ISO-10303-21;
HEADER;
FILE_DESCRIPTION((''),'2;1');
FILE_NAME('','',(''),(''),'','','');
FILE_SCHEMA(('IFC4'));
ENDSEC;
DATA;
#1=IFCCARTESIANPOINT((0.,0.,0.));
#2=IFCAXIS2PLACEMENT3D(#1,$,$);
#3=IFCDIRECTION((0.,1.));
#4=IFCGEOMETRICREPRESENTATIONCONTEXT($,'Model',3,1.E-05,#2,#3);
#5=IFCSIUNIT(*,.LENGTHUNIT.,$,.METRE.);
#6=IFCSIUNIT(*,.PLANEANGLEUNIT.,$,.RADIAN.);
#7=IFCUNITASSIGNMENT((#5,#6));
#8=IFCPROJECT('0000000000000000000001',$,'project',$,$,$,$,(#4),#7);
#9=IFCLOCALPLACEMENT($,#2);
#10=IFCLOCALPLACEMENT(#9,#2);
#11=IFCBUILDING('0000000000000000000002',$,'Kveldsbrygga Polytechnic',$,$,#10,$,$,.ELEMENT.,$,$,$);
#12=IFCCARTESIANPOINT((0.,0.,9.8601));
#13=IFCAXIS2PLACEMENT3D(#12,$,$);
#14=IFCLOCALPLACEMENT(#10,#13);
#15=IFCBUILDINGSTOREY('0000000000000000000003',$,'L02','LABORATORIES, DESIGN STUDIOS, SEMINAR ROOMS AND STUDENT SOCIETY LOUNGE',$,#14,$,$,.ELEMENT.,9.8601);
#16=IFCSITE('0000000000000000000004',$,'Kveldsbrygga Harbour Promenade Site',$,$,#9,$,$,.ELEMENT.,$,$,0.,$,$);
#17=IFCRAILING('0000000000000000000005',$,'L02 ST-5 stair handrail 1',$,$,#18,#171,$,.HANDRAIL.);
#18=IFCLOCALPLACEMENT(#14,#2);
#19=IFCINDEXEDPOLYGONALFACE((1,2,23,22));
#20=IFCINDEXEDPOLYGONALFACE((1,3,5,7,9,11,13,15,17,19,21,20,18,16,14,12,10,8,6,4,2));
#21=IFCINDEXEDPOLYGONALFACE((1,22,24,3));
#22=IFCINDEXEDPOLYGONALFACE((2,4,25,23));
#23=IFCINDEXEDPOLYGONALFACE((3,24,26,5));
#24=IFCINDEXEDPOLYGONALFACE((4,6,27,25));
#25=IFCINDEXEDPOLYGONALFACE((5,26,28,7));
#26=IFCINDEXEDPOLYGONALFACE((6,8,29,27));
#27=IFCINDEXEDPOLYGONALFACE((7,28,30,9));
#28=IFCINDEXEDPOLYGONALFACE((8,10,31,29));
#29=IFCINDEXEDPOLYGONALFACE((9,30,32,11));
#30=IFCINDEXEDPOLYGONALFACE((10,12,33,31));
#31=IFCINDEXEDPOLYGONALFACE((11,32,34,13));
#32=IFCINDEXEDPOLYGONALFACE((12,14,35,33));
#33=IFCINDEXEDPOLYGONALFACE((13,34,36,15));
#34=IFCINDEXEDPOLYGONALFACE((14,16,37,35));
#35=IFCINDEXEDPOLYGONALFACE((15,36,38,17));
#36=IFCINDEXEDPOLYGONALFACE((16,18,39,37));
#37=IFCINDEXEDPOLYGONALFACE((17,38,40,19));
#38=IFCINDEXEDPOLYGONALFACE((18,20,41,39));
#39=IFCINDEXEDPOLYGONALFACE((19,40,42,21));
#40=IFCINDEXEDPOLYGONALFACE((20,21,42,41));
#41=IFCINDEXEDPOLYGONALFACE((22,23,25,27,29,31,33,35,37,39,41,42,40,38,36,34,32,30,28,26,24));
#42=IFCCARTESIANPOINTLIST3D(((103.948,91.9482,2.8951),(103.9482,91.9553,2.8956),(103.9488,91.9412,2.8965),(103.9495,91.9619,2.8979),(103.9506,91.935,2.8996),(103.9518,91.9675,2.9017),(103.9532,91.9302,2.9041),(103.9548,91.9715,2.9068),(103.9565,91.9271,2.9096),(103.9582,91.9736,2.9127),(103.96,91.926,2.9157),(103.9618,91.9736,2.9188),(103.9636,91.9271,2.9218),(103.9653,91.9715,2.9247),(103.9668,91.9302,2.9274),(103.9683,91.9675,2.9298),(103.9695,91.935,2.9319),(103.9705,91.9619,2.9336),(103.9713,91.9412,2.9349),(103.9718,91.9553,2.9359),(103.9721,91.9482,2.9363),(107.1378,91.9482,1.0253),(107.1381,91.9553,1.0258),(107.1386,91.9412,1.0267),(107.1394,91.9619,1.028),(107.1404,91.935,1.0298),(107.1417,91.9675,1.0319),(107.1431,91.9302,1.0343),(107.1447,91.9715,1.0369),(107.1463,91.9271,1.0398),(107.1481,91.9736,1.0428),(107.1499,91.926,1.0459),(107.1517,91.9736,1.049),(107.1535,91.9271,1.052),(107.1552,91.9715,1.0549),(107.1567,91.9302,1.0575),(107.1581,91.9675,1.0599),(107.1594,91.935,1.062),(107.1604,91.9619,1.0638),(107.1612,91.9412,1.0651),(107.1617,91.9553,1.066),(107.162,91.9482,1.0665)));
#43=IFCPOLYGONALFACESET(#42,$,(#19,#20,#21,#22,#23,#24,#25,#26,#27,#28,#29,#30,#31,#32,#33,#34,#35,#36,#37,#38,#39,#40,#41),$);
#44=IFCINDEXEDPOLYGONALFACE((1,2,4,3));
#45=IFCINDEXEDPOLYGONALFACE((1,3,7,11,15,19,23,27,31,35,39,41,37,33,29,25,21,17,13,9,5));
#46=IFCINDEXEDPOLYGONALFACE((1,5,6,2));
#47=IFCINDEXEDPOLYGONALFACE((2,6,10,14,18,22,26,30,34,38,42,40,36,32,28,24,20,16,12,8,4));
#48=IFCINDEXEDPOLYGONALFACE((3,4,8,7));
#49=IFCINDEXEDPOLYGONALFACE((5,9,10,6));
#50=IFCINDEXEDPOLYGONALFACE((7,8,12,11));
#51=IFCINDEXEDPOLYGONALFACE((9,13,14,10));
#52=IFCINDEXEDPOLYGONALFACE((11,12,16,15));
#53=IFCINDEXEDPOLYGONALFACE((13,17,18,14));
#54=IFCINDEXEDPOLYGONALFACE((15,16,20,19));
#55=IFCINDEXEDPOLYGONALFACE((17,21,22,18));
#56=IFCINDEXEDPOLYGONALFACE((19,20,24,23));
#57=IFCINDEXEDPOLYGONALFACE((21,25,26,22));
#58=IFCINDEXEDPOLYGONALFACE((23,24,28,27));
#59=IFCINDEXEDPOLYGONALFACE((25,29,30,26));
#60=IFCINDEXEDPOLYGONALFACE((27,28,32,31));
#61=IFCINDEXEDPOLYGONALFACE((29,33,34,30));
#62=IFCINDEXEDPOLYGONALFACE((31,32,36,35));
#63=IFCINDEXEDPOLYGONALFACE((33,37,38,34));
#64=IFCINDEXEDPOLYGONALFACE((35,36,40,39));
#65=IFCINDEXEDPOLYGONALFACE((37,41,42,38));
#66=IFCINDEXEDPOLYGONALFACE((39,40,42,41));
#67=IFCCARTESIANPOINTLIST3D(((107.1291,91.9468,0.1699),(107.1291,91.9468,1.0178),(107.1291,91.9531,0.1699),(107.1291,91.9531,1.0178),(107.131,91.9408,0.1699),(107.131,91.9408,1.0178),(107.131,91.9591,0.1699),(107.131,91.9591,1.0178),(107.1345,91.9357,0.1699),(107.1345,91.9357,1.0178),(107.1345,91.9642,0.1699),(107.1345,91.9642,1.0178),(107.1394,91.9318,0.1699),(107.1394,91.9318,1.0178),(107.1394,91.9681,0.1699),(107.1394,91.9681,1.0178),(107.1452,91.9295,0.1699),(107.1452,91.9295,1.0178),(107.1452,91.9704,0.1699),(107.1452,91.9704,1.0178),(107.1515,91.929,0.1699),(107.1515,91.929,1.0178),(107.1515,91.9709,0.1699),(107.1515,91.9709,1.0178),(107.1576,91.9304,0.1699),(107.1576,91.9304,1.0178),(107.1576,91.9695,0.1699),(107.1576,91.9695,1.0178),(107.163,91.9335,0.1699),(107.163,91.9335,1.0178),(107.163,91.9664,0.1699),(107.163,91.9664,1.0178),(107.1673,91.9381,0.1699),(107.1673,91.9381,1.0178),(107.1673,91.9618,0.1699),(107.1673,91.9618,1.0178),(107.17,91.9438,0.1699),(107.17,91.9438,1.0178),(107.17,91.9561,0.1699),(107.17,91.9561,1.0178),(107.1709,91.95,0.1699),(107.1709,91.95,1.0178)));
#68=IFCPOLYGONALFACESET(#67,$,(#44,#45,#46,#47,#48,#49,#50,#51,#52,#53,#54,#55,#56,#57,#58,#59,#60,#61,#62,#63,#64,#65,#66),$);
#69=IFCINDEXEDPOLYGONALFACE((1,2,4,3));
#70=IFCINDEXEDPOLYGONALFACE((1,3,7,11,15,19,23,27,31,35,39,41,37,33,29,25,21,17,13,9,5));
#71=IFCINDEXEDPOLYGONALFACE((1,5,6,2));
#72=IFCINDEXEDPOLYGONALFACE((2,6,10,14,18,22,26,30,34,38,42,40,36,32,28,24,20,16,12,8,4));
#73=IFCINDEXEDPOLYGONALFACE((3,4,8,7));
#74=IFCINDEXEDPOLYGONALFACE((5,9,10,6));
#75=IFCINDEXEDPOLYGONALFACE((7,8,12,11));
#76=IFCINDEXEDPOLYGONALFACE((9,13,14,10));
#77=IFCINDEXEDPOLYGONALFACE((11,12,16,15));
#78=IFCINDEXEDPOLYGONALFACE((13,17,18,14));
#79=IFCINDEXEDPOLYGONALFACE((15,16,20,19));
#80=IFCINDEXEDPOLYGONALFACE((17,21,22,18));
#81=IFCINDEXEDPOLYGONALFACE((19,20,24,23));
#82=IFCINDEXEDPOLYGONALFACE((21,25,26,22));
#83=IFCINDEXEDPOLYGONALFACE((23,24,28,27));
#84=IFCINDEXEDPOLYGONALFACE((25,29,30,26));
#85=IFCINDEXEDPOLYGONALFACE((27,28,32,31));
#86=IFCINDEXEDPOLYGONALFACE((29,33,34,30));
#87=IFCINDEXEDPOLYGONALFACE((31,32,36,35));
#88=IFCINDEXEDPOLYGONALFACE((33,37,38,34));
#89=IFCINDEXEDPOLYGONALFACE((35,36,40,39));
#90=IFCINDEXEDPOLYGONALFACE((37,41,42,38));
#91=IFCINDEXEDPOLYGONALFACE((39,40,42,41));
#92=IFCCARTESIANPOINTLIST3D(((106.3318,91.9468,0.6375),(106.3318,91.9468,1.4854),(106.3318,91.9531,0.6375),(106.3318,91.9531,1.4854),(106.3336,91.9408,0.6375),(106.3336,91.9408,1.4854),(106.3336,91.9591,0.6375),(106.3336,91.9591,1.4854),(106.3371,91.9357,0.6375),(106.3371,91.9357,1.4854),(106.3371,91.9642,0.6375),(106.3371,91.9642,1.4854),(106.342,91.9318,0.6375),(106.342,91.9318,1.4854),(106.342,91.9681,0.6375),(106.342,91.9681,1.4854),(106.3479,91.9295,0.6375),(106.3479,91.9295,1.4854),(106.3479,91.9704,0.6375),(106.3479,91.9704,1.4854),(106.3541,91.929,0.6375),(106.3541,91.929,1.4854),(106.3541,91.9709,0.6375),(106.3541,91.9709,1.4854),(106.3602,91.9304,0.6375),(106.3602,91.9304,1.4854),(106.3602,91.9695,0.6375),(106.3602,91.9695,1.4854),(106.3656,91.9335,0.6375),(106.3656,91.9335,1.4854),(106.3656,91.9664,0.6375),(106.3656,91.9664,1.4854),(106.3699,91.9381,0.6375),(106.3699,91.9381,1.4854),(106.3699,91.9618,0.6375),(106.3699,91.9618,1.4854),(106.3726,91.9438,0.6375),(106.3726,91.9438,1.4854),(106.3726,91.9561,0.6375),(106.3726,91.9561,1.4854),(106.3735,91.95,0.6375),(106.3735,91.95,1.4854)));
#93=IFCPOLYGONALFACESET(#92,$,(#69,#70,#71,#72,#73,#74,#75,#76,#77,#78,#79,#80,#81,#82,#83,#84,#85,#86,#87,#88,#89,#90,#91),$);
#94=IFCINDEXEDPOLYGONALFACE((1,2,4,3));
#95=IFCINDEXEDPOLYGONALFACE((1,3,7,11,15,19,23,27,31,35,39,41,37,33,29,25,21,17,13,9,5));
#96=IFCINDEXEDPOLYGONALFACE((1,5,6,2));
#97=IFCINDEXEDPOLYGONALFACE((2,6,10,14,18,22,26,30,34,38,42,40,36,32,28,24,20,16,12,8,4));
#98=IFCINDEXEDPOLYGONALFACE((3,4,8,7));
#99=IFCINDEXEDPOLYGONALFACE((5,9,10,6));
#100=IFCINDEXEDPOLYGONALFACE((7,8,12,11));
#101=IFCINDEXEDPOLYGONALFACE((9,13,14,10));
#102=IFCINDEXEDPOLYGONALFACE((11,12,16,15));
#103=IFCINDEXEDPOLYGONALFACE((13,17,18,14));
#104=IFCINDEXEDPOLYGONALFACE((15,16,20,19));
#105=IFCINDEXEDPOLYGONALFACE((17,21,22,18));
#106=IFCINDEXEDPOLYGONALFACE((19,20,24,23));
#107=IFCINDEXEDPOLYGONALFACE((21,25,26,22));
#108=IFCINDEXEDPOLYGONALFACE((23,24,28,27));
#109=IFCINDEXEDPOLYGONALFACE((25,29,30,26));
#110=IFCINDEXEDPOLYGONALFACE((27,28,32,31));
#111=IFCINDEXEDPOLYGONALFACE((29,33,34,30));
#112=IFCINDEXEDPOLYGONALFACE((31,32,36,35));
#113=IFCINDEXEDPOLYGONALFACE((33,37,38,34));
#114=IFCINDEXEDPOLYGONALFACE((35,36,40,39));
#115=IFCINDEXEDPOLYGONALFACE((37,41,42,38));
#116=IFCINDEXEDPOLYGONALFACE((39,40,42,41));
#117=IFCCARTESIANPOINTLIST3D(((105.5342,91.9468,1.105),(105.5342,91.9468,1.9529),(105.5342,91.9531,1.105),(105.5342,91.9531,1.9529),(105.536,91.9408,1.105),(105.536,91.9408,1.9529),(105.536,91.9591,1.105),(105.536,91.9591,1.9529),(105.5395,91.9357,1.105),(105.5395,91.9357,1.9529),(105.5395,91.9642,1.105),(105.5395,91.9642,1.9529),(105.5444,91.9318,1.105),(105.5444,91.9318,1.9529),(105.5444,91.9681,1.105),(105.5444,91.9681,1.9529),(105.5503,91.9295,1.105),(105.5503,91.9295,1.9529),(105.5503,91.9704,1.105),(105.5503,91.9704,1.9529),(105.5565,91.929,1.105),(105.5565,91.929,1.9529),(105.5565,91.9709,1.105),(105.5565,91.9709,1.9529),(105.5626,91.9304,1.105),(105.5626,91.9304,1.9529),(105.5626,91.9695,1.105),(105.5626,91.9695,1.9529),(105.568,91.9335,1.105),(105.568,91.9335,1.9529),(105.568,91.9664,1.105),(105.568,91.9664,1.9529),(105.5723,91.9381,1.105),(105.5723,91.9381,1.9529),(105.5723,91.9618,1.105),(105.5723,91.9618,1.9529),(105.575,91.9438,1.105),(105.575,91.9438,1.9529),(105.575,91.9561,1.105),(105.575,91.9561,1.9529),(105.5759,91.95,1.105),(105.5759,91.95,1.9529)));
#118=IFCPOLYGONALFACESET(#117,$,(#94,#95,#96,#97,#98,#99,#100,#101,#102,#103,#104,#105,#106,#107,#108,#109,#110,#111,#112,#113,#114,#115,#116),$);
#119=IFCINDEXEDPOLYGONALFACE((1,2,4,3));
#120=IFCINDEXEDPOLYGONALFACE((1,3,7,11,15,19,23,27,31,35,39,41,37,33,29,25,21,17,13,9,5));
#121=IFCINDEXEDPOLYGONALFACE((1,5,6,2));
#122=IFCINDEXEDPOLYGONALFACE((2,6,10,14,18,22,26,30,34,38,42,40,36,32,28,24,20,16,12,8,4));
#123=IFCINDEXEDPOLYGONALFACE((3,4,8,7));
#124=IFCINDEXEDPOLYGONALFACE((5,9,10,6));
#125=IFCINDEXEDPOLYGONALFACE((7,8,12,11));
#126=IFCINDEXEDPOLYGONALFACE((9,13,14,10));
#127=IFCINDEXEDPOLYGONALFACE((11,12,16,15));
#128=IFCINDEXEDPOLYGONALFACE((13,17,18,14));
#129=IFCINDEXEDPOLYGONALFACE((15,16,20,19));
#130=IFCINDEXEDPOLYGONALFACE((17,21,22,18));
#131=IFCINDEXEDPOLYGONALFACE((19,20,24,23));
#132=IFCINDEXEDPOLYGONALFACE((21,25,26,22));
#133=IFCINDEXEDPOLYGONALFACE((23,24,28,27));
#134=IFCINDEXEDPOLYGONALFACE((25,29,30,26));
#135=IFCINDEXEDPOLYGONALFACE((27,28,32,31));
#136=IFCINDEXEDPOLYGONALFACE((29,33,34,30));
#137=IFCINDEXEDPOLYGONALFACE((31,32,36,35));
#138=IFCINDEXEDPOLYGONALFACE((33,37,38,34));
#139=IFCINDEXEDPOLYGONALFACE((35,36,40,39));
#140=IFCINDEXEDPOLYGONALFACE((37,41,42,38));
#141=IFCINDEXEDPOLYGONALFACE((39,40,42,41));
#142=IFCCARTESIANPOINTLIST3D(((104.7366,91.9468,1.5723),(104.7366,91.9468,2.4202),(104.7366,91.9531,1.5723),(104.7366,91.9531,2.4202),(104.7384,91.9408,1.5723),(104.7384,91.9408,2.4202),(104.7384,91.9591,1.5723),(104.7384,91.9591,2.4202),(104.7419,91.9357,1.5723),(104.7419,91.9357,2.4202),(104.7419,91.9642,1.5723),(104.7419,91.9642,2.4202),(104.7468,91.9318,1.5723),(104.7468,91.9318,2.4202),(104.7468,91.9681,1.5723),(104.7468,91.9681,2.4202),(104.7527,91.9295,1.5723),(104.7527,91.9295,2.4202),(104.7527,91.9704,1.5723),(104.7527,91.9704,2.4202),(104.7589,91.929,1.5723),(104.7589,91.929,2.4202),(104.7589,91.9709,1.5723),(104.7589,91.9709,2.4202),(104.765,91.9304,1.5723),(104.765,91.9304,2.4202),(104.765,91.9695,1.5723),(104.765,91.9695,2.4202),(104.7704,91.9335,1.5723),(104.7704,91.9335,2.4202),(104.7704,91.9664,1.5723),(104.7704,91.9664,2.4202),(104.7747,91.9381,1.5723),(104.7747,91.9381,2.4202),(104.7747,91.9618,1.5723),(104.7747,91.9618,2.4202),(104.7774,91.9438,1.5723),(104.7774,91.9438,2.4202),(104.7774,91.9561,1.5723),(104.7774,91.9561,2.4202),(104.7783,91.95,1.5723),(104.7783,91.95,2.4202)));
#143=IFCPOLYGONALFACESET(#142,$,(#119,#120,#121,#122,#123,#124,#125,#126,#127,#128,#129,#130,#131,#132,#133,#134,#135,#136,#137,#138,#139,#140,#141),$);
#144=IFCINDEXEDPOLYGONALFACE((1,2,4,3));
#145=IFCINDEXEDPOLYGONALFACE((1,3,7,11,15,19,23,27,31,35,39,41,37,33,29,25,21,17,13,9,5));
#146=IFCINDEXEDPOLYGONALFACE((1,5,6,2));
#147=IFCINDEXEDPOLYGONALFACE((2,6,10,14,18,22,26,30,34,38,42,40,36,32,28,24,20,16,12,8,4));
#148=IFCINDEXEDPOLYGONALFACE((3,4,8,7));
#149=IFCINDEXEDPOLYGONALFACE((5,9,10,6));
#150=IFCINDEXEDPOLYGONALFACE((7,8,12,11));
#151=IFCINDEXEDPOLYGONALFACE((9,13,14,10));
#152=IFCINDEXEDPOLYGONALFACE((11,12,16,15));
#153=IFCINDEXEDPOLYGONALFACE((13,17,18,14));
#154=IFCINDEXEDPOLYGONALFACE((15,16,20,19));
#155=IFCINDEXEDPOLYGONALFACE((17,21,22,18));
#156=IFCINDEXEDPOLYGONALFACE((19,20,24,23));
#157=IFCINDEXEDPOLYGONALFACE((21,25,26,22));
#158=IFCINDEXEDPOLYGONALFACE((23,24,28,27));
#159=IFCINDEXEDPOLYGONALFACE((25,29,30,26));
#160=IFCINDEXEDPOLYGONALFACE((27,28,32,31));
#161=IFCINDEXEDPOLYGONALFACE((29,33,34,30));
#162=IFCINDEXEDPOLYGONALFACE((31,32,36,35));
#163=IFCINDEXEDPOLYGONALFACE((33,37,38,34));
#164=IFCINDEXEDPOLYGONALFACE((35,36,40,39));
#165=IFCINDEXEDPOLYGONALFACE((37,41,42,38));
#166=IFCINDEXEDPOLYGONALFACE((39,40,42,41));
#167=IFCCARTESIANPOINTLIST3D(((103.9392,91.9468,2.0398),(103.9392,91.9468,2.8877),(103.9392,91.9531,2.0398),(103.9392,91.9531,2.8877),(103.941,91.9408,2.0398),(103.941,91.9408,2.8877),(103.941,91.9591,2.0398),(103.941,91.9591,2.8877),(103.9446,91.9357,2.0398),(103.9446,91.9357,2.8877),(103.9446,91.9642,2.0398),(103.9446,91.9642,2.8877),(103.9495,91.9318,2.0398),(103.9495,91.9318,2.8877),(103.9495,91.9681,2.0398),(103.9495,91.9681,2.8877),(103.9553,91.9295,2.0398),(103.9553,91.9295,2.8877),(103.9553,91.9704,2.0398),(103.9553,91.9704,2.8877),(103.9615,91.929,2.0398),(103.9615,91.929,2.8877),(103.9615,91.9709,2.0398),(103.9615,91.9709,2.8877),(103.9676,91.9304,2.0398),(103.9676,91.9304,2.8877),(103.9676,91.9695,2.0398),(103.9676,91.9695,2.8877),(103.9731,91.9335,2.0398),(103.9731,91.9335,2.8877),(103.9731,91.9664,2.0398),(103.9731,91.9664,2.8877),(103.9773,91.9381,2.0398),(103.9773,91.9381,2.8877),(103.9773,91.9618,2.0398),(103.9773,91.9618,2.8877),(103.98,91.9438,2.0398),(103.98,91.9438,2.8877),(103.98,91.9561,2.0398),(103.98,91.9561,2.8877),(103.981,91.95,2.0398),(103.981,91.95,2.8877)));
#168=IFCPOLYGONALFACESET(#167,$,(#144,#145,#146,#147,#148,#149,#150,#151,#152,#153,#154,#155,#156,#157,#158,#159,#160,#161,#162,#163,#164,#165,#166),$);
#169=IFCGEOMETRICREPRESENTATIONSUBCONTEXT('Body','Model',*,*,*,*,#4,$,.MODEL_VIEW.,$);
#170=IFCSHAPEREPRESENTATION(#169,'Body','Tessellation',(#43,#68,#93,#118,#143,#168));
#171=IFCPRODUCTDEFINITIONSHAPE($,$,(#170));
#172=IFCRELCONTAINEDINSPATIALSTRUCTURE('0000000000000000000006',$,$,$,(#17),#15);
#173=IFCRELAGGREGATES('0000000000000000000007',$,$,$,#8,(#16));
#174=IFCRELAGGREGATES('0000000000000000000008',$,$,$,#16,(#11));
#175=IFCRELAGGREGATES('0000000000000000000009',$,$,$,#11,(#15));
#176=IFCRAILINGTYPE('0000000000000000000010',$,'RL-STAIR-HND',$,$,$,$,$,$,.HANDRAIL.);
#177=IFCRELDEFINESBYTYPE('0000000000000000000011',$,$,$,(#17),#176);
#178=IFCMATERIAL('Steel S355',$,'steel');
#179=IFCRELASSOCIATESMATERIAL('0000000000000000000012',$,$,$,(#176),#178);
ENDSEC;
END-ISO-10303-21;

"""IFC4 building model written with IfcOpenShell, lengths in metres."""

from ifc_helpers import new_model, si_unit, direction, frame, origin, origin_2d, place, context, subcontext, project, spatial, circle, extrude, material, type_object, element, save


model = new_model("IFC4")

# Units and contexts
model_context = context("Model", 3, precision=1e-05, world=origin(), true_north=direction((0.0, 1.0)))
body_context = subcontext(model_context, "Body", "Model", "MODEL_VIEW")
ifc_project = project(units=[si_unit("LENGTHUNIT", "METRE"), si_unit("PLANEANGLEUNIT", "RADIAN")], contexts=[model_context])

# Site, building, storey
site_placement = place(None, origin())
site = spatial("IfcSite", under=ifc_project, at=site_placement, Name="Kveldsbrygga Harbour Promenade Site", CompositionType="ELEMENT", RefElevation=0.0)
building_placement = place(site_placement, origin())
building = spatial("IfcBuilding", under=site, at=building_placement, Name="Kveldsbrygga Polytechnic", CompositionType="ELEMENT")
storey_placement = place(building_placement, frame((0.0, 0.0, 9.8601)))
storey = spatial("IfcBuildingStorey", under=building, at=storey_placement, Name="L02", Description="LABORATORIES, DESIGN STUDIOS, SEMINAR ROOMS AND STUDENT SOCIETY LOUNGE", CompositionType="ELEMENT", Elevation=9.8601)

# Shared definitions
ifc_material_1 = material(Name="Steel S355", Category="steel")

# Railing
railing_type_1 = type_object("IfcRailingType", Name="RL-STAIR-HND", PredefinedType="HANDRAIL", material=ifc_material_1)
railing_1_placement = place(storey_placement, frame((107.1499, 91.95, 0.1699)))
element("IfcRailing", 1, at=railing_1_placement, inside=storey, type_object=railing_type_1, Name="L02 ST-5 stair handrail 1", PredefinedType="HANDRAIL", context=body_context, shape_type="SweptSolid", body=[
    extrude(circle(Radius=0.0239, at=origin_2d()), frame((0.0, 0.0, 0.876), z_axis=(-0.862709, 0.0, 0.505701), x_axis=(0.0, -1.0, 0.0)), (0.0, 0.0, 1.0), 3.6975),
    extrude(circle(Radius=0.021, at=origin_2d()), origin(), (0.0, 0.0, 1.0), 0.8479),
    extrude(circle(Radius=0.021, at=origin_2d()), frame((-0.7974, 0.0, 0.4675)), (0.0, 0.0, 1.0), 0.8479),
    extrude(circle(Radius=0.021, at=origin_2d()), frame((-1.595, 0.0, 0.9351)), (0.0, 0.0, 1.0), 0.8479),
    extrude(circle(Radius=0.021, at=origin_2d()), frame((-2.3926, 0.0, 1.4023)), (0.0, 0.0, 1.0), 0.8479),
    extrude(circle(Radius=0.021, at=origin_2d()), frame((-3.1899, 0.0, 1.8699)), (0.0, 0.0, 1.0), 0.8479),
])

save(model, "model.ifc")
